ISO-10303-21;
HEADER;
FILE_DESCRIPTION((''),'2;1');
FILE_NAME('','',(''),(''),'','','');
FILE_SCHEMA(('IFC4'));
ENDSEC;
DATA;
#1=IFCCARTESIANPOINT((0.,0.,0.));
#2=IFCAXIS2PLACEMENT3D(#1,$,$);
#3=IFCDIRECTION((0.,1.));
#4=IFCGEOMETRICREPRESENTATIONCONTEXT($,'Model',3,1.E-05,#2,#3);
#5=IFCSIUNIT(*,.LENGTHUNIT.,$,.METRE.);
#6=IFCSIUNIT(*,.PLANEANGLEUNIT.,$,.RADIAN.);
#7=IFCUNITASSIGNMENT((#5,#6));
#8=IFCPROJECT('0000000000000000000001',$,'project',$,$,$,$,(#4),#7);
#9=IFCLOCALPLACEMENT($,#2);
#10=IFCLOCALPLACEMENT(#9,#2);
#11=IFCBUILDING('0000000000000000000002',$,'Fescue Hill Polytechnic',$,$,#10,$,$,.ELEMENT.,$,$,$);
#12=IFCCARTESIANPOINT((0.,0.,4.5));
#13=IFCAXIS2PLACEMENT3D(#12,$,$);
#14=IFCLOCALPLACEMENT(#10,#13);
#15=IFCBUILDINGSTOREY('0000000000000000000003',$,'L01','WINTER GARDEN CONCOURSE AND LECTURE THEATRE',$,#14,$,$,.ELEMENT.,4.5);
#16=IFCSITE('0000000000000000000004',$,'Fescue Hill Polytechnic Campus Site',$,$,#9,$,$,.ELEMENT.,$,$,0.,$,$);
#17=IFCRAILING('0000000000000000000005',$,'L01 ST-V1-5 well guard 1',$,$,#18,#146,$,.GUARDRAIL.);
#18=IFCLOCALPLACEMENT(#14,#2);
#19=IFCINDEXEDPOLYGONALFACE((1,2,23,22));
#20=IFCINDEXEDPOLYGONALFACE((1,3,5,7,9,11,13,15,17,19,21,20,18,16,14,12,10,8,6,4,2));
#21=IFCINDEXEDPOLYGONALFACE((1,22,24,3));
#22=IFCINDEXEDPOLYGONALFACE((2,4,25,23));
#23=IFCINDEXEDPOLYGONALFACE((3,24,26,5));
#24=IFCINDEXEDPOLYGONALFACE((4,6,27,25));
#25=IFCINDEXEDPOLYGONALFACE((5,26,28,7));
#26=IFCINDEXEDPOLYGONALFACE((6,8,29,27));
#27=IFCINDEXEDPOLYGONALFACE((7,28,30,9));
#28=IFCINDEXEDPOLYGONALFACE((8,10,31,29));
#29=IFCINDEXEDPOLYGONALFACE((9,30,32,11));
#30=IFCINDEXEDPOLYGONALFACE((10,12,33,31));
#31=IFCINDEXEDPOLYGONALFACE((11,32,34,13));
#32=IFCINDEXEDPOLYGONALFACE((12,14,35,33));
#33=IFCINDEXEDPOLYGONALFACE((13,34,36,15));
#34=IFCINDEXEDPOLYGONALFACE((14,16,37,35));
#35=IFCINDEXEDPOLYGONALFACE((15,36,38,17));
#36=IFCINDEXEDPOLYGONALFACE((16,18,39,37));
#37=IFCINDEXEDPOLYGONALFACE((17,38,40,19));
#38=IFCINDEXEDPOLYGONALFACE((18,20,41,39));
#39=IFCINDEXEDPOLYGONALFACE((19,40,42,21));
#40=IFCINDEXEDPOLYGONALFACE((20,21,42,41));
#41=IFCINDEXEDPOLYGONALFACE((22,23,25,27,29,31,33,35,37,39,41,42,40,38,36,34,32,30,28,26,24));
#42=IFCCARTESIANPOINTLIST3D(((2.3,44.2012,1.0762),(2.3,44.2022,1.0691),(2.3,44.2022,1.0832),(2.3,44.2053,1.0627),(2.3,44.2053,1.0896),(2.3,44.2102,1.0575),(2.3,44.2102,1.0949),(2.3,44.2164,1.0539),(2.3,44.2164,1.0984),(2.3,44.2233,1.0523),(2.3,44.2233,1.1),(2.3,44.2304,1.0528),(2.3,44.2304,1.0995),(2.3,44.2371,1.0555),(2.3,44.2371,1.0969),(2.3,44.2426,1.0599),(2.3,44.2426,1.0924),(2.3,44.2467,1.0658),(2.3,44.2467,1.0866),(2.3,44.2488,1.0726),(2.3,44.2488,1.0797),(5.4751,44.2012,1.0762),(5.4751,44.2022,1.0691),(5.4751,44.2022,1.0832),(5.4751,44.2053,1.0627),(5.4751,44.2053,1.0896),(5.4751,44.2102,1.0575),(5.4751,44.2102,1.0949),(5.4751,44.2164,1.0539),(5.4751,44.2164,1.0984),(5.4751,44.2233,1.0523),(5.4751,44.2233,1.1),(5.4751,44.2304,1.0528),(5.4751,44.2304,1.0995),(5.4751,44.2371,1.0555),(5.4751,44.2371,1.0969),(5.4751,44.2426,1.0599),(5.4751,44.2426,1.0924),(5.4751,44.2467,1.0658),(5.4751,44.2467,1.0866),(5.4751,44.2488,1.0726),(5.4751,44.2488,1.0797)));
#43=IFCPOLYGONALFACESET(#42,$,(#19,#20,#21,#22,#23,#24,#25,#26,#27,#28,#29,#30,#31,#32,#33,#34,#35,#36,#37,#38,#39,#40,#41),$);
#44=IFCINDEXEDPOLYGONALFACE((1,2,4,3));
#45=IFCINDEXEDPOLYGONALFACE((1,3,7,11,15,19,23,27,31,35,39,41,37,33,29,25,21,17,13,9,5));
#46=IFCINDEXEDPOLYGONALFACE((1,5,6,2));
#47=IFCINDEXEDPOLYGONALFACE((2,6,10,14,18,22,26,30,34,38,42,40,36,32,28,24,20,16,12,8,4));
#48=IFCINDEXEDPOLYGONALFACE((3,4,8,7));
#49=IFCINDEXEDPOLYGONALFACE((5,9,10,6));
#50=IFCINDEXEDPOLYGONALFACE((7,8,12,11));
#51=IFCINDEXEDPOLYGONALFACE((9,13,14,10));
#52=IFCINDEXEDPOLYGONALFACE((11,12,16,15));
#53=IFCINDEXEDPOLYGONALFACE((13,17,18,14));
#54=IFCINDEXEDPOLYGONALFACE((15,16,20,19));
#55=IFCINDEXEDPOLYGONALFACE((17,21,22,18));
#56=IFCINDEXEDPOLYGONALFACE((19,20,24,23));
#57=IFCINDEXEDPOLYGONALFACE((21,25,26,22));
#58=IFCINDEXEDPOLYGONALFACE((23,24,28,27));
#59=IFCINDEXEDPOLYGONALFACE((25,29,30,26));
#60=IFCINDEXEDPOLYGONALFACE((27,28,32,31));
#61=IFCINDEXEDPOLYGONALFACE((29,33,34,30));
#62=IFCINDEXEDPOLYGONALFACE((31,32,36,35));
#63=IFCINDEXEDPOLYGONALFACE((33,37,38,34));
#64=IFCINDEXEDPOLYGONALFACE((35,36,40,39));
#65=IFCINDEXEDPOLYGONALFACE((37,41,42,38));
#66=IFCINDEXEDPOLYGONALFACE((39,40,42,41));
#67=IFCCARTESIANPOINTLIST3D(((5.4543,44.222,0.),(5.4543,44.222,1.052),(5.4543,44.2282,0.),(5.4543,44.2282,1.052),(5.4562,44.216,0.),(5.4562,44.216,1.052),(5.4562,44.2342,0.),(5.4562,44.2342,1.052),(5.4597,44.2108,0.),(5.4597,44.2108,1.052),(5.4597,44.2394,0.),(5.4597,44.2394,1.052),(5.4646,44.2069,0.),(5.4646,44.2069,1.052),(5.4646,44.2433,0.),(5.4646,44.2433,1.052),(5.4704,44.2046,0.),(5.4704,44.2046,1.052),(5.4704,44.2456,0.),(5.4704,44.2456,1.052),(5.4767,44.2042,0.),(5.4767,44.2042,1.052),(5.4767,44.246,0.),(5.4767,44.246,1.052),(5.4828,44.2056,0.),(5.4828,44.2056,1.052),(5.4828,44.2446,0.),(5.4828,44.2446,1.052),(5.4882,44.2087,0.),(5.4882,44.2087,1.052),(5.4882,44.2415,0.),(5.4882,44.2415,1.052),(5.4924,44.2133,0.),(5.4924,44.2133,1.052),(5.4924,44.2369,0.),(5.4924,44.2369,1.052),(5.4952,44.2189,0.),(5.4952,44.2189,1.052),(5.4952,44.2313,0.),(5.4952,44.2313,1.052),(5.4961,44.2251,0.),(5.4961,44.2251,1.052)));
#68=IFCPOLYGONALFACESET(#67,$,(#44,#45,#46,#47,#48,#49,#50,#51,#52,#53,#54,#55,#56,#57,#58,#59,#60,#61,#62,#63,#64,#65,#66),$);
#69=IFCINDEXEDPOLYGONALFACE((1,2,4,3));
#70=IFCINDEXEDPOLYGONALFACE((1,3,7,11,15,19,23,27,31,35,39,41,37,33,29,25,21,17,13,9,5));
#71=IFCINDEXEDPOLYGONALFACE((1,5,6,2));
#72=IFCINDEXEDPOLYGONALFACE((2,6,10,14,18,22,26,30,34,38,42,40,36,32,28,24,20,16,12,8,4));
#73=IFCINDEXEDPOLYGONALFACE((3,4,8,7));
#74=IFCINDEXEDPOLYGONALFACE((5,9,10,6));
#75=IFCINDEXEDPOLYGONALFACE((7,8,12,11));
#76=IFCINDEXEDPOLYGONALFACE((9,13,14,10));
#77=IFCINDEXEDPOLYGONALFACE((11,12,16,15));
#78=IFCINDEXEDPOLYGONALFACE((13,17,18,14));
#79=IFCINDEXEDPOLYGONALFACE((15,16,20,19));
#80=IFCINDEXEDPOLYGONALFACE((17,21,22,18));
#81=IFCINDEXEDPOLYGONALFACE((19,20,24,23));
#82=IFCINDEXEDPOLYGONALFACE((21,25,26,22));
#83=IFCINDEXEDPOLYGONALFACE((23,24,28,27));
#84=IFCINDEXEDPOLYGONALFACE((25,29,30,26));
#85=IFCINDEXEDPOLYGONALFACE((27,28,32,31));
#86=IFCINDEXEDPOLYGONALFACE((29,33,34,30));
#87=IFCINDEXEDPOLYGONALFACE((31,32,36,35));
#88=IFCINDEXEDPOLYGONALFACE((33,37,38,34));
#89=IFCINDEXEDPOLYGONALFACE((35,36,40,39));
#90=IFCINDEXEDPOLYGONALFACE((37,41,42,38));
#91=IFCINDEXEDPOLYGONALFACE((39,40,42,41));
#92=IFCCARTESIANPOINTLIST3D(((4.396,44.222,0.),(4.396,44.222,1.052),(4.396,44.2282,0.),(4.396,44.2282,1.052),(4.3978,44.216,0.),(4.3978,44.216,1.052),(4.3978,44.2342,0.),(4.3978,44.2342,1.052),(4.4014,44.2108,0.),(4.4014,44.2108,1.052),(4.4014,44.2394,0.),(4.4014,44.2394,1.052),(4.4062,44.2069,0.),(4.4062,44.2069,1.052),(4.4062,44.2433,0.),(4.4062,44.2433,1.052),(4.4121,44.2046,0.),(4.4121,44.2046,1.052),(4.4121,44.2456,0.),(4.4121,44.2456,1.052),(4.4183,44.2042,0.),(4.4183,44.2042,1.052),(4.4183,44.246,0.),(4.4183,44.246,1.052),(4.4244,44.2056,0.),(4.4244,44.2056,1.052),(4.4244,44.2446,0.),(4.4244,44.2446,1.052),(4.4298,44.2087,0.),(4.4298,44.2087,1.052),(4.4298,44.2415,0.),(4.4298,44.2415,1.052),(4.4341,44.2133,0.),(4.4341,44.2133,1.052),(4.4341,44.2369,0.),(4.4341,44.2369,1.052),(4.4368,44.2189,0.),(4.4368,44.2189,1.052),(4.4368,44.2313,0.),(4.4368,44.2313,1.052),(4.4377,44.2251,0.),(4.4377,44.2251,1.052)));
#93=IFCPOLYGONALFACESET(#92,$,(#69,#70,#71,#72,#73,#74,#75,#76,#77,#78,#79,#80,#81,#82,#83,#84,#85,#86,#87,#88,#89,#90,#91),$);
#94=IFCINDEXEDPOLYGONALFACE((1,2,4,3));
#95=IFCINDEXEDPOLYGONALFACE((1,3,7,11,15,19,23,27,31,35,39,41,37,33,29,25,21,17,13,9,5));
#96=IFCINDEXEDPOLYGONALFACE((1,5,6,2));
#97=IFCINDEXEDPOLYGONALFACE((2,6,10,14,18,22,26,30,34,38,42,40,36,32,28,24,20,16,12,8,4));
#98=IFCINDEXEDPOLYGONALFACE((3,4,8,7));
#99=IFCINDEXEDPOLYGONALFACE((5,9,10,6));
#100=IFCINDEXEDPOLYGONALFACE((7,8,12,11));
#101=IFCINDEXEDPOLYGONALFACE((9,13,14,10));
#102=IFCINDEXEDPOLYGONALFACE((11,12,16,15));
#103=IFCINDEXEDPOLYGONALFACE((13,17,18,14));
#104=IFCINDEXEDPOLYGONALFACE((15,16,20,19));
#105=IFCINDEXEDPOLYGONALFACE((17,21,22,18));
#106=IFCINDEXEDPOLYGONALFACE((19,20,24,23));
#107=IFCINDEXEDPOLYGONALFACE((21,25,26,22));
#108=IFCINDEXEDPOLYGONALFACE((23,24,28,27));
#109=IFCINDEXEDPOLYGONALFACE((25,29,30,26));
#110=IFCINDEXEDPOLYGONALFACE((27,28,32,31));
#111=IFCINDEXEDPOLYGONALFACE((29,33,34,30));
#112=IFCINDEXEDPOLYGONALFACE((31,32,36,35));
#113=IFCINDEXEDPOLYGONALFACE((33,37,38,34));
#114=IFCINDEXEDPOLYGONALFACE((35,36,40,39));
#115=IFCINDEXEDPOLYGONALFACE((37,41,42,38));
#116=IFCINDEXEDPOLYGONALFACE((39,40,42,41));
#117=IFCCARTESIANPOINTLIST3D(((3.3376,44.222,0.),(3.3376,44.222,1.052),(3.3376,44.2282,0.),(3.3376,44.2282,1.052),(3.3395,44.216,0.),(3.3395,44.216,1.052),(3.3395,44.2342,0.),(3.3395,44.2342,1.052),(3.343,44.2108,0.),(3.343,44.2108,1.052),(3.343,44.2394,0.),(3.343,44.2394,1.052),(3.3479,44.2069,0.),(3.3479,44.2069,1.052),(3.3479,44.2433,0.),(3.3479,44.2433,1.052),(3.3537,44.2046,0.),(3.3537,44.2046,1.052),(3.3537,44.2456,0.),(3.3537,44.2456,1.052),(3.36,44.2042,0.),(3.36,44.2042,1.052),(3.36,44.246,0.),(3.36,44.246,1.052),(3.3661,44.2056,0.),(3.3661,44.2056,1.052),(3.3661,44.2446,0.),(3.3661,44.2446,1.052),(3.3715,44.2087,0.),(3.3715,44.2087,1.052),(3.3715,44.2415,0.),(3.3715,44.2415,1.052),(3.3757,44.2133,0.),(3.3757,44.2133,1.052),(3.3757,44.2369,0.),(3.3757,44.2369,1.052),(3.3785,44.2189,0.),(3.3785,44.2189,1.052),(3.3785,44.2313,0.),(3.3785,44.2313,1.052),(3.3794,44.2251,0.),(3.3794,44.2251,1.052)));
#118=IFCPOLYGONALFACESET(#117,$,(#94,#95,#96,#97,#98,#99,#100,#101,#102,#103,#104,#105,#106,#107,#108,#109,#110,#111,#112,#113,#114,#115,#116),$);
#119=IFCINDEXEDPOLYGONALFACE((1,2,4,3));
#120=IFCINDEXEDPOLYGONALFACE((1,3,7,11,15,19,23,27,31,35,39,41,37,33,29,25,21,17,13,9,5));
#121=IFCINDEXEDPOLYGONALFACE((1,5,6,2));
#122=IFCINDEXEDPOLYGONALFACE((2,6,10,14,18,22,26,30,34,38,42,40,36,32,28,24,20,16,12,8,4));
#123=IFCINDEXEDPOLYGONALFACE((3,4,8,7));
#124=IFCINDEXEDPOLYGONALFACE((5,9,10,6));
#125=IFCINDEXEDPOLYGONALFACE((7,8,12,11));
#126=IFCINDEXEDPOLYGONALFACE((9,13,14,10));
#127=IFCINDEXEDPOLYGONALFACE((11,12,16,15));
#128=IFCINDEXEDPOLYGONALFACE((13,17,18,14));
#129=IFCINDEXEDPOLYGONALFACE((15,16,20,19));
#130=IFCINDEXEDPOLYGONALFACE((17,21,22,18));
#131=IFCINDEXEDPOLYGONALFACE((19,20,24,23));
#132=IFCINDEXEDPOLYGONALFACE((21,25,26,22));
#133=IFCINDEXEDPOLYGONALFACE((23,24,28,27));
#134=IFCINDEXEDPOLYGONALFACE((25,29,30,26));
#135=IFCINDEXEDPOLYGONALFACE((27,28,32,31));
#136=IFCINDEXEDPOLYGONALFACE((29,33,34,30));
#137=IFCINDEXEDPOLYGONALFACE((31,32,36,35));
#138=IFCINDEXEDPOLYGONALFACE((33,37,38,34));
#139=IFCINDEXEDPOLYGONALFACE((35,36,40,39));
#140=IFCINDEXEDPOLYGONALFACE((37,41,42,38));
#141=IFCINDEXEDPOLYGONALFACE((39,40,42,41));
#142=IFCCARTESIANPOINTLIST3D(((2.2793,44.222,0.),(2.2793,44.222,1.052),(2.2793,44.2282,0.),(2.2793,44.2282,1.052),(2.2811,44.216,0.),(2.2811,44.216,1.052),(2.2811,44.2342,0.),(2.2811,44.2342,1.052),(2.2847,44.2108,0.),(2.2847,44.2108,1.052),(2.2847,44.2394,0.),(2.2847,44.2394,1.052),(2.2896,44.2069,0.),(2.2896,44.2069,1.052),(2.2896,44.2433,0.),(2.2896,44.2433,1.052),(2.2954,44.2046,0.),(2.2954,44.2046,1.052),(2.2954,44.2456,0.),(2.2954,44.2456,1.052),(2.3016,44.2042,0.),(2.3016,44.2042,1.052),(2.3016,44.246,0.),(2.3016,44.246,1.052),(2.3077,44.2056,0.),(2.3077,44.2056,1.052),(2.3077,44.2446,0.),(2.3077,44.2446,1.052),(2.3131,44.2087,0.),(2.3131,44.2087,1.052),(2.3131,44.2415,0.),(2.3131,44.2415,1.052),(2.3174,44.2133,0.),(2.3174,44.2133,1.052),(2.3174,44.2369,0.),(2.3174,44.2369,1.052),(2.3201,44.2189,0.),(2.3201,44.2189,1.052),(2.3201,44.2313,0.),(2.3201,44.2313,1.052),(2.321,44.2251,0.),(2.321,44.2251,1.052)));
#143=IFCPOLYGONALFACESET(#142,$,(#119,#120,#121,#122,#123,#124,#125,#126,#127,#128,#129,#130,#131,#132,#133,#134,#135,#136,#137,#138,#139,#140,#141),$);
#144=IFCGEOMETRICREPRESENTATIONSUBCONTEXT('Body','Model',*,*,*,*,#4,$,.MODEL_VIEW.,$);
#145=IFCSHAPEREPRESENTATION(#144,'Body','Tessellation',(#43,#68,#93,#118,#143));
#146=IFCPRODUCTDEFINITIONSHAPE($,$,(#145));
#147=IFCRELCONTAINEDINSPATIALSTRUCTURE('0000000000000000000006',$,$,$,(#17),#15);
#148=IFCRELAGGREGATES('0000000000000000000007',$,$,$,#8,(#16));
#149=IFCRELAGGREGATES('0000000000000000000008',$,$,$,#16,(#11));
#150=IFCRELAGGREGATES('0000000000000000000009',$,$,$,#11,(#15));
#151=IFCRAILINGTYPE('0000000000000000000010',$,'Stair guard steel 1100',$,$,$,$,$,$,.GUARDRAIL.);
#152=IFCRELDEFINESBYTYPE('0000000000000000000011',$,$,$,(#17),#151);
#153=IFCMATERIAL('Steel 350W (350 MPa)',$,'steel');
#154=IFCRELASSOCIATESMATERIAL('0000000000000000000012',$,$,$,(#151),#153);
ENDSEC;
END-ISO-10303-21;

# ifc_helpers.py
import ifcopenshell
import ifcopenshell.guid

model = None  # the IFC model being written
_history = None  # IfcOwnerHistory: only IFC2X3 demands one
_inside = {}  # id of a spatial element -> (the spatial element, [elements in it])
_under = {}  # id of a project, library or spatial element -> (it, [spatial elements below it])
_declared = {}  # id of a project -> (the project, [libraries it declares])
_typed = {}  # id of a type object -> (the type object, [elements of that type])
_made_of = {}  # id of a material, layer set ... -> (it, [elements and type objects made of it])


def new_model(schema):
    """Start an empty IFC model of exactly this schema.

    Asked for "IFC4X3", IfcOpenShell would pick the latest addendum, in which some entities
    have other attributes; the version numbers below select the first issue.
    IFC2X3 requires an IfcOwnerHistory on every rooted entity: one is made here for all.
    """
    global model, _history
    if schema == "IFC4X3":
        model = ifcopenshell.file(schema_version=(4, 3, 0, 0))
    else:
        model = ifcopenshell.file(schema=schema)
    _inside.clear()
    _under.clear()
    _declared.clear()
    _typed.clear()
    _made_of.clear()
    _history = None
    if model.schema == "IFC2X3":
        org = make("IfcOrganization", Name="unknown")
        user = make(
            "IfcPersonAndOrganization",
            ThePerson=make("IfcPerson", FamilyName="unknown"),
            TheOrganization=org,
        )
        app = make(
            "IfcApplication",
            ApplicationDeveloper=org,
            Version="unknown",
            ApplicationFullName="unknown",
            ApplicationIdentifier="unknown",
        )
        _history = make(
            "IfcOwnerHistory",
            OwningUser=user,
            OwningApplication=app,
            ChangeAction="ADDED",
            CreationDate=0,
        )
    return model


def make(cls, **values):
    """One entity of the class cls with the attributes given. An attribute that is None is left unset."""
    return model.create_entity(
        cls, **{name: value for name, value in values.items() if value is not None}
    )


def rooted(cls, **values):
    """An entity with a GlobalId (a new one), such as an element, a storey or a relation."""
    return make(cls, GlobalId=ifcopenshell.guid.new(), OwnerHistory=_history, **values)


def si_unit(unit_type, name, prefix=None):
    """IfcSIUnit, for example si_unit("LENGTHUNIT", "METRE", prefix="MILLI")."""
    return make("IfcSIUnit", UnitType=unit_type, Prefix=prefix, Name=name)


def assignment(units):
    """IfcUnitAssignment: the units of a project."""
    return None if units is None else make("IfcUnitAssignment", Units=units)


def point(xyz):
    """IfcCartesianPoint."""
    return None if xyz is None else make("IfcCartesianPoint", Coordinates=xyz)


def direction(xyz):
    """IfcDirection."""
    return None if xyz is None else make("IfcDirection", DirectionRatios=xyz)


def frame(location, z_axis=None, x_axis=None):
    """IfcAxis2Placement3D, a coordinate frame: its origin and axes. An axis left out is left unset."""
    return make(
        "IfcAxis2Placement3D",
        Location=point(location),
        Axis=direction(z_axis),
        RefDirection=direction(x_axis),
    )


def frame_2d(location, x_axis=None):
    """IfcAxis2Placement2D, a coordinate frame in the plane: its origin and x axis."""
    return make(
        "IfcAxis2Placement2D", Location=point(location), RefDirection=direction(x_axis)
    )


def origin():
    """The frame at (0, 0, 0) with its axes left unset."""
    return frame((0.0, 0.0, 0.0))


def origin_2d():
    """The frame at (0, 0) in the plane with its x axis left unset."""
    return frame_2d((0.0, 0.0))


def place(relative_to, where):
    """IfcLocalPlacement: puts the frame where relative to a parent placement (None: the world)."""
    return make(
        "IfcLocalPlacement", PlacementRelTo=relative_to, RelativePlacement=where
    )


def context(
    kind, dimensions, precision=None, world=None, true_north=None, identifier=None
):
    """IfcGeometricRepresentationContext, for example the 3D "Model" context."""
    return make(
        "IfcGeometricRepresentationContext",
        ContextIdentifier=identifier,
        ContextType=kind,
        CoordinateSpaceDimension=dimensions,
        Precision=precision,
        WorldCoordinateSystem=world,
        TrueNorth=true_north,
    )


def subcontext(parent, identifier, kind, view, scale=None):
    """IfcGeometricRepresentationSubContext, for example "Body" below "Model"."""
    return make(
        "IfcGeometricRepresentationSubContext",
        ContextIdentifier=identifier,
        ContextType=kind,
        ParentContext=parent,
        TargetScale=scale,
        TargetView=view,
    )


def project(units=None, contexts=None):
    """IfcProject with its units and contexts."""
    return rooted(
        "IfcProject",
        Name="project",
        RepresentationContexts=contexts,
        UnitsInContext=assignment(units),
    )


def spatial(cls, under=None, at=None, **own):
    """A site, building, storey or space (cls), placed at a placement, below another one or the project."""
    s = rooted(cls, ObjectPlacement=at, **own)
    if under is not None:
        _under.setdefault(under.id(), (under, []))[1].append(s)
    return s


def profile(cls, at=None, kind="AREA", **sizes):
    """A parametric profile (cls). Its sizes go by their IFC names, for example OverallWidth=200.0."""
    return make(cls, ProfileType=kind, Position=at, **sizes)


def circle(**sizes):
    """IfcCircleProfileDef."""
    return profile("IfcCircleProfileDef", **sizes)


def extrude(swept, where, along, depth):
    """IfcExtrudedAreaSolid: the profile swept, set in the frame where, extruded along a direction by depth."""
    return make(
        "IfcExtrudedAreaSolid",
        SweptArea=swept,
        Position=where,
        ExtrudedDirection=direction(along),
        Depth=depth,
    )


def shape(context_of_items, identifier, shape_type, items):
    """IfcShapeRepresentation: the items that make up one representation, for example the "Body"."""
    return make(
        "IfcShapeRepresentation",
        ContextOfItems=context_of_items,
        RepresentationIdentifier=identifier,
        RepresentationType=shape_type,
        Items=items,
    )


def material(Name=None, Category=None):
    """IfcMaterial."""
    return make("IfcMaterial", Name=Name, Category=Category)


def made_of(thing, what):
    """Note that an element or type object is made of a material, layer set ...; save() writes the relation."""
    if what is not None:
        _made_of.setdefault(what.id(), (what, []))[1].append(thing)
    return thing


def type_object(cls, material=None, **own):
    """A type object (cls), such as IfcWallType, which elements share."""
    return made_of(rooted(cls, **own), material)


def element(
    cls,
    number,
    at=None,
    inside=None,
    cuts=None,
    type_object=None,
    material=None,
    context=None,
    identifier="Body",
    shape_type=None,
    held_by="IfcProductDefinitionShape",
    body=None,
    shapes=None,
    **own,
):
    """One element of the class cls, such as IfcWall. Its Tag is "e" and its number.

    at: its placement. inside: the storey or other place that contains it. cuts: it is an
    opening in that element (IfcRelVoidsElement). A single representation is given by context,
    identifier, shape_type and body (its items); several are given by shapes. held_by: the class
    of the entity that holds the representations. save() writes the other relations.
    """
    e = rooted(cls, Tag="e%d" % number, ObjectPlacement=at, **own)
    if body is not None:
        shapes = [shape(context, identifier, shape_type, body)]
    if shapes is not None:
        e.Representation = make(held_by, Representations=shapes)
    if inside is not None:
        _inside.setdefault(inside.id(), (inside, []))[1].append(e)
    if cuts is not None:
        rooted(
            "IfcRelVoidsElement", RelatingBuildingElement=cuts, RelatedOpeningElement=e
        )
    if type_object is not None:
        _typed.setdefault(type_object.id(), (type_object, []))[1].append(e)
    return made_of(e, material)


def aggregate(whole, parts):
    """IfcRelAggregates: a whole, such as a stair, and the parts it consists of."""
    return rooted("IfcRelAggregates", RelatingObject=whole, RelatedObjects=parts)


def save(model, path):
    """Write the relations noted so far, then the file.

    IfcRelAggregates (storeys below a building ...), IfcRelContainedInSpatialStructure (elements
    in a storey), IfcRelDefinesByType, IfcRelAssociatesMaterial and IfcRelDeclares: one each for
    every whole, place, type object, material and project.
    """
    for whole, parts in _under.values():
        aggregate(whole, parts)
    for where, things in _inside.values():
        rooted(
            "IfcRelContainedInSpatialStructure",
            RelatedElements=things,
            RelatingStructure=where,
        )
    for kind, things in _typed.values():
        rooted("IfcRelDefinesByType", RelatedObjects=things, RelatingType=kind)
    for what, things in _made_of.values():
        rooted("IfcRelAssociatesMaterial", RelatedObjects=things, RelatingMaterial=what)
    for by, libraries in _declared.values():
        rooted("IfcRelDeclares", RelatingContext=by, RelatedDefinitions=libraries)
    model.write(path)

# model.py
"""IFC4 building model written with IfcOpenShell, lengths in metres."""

from ifc_helpers import new_model, si_unit, direction, frame, origin, origin_2d, place, context, subcontext, project, spatial, circle, extrude, material, type_object, element, save


model = new_model("IFC4")

# Units and contexts
model_context = context("Model", 3, precision=1e-05, world=origin(), true_north=direction((0.0, 1.0)))
body_context = subcontext(model_context, "Body", "Model", "MODEL_VIEW")
ifc_project = project(units=[si_unit("LENGTHUNIT", "METRE"), si_unit("PLANEANGLEUNIT", "RADIAN")], contexts=[model_context])

# Site, building, storey
site_placement = place(None, origin())
site = spatial("IfcSite", under=ifc_project, at=site_placement, Name="Fescue Hill Polytechnic Campus Site", CompositionType="ELEMENT", RefElevation=0.0)
building_placement = place(site_placement, origin())
building = spatial("IfcBuilding", under=site, at=building_placement, Name="Fescue Hill Polytechnic", CompositionType="ELEMENT")
storey_placement = place(building_placement, frame((0.0, 0.0, 4.5)))
storey = spatial("IfcBuildingStorey", under=building, at=storey_placement, Name="L01", Description="WINTER GARDEN CONCOURSE AND LECTURE THEATRE", CompositionType="ELEMENT", Elevation=4.5)

# Shared definitions
ifc_material_1 = material(Name="Steel 350W (350 MPa)", Category="steel")

# Railing
railing_type_1 = type_object("IfcRailingType", Name="Stair guard steel 1100", PredefinedType="GUARDRAIL", material=ifc_material_1)
railing_1_placement = place(storey_placement, frame((5.4751, 44.2251, 0.0)))
element("IfcRailing", 1, at=railing_1_placement, inside=storey, type_object=railing_type_1, Name="L01 ST-V1-5 well guard 1", PredefinedType="GUARDRAIL", context=body_context, shape_type="SweptSolid", body=[
    extrude(circle(Radius=0.0239, at=origin_2d()), frame((0.0, 0.0, 1.0762), z_axis=(-1.0, 0.0, 0.0), x_axis=(0.0, -1.0, 0.0)), (0.0, 0.0, 1.0), 3.175),
    extrude(circle(Radius=0.021, at=origin_2d()), origin(), (0.0, 0.0, 1.0), 1.052),
    extrude(circle(Radius=0.021, at=origin_2d()), frame((-1.0583, 0.0, 0.0)), (0.0, 0.0, 1.0), 1.052),
    extrude(circle(Radius=0.021, at=origin_2d()), frame((-2.1167, 0.0, 0.0)), (0.0, 0.0, 1.0), 1.052),
    extrude(circle(Radius=0.021, at=origin_2d()), frame((-3.175, 0.0, 0.0)), (0.0, 0.0, 1.0), 1.052),
])

save(model, "model.ifc")
